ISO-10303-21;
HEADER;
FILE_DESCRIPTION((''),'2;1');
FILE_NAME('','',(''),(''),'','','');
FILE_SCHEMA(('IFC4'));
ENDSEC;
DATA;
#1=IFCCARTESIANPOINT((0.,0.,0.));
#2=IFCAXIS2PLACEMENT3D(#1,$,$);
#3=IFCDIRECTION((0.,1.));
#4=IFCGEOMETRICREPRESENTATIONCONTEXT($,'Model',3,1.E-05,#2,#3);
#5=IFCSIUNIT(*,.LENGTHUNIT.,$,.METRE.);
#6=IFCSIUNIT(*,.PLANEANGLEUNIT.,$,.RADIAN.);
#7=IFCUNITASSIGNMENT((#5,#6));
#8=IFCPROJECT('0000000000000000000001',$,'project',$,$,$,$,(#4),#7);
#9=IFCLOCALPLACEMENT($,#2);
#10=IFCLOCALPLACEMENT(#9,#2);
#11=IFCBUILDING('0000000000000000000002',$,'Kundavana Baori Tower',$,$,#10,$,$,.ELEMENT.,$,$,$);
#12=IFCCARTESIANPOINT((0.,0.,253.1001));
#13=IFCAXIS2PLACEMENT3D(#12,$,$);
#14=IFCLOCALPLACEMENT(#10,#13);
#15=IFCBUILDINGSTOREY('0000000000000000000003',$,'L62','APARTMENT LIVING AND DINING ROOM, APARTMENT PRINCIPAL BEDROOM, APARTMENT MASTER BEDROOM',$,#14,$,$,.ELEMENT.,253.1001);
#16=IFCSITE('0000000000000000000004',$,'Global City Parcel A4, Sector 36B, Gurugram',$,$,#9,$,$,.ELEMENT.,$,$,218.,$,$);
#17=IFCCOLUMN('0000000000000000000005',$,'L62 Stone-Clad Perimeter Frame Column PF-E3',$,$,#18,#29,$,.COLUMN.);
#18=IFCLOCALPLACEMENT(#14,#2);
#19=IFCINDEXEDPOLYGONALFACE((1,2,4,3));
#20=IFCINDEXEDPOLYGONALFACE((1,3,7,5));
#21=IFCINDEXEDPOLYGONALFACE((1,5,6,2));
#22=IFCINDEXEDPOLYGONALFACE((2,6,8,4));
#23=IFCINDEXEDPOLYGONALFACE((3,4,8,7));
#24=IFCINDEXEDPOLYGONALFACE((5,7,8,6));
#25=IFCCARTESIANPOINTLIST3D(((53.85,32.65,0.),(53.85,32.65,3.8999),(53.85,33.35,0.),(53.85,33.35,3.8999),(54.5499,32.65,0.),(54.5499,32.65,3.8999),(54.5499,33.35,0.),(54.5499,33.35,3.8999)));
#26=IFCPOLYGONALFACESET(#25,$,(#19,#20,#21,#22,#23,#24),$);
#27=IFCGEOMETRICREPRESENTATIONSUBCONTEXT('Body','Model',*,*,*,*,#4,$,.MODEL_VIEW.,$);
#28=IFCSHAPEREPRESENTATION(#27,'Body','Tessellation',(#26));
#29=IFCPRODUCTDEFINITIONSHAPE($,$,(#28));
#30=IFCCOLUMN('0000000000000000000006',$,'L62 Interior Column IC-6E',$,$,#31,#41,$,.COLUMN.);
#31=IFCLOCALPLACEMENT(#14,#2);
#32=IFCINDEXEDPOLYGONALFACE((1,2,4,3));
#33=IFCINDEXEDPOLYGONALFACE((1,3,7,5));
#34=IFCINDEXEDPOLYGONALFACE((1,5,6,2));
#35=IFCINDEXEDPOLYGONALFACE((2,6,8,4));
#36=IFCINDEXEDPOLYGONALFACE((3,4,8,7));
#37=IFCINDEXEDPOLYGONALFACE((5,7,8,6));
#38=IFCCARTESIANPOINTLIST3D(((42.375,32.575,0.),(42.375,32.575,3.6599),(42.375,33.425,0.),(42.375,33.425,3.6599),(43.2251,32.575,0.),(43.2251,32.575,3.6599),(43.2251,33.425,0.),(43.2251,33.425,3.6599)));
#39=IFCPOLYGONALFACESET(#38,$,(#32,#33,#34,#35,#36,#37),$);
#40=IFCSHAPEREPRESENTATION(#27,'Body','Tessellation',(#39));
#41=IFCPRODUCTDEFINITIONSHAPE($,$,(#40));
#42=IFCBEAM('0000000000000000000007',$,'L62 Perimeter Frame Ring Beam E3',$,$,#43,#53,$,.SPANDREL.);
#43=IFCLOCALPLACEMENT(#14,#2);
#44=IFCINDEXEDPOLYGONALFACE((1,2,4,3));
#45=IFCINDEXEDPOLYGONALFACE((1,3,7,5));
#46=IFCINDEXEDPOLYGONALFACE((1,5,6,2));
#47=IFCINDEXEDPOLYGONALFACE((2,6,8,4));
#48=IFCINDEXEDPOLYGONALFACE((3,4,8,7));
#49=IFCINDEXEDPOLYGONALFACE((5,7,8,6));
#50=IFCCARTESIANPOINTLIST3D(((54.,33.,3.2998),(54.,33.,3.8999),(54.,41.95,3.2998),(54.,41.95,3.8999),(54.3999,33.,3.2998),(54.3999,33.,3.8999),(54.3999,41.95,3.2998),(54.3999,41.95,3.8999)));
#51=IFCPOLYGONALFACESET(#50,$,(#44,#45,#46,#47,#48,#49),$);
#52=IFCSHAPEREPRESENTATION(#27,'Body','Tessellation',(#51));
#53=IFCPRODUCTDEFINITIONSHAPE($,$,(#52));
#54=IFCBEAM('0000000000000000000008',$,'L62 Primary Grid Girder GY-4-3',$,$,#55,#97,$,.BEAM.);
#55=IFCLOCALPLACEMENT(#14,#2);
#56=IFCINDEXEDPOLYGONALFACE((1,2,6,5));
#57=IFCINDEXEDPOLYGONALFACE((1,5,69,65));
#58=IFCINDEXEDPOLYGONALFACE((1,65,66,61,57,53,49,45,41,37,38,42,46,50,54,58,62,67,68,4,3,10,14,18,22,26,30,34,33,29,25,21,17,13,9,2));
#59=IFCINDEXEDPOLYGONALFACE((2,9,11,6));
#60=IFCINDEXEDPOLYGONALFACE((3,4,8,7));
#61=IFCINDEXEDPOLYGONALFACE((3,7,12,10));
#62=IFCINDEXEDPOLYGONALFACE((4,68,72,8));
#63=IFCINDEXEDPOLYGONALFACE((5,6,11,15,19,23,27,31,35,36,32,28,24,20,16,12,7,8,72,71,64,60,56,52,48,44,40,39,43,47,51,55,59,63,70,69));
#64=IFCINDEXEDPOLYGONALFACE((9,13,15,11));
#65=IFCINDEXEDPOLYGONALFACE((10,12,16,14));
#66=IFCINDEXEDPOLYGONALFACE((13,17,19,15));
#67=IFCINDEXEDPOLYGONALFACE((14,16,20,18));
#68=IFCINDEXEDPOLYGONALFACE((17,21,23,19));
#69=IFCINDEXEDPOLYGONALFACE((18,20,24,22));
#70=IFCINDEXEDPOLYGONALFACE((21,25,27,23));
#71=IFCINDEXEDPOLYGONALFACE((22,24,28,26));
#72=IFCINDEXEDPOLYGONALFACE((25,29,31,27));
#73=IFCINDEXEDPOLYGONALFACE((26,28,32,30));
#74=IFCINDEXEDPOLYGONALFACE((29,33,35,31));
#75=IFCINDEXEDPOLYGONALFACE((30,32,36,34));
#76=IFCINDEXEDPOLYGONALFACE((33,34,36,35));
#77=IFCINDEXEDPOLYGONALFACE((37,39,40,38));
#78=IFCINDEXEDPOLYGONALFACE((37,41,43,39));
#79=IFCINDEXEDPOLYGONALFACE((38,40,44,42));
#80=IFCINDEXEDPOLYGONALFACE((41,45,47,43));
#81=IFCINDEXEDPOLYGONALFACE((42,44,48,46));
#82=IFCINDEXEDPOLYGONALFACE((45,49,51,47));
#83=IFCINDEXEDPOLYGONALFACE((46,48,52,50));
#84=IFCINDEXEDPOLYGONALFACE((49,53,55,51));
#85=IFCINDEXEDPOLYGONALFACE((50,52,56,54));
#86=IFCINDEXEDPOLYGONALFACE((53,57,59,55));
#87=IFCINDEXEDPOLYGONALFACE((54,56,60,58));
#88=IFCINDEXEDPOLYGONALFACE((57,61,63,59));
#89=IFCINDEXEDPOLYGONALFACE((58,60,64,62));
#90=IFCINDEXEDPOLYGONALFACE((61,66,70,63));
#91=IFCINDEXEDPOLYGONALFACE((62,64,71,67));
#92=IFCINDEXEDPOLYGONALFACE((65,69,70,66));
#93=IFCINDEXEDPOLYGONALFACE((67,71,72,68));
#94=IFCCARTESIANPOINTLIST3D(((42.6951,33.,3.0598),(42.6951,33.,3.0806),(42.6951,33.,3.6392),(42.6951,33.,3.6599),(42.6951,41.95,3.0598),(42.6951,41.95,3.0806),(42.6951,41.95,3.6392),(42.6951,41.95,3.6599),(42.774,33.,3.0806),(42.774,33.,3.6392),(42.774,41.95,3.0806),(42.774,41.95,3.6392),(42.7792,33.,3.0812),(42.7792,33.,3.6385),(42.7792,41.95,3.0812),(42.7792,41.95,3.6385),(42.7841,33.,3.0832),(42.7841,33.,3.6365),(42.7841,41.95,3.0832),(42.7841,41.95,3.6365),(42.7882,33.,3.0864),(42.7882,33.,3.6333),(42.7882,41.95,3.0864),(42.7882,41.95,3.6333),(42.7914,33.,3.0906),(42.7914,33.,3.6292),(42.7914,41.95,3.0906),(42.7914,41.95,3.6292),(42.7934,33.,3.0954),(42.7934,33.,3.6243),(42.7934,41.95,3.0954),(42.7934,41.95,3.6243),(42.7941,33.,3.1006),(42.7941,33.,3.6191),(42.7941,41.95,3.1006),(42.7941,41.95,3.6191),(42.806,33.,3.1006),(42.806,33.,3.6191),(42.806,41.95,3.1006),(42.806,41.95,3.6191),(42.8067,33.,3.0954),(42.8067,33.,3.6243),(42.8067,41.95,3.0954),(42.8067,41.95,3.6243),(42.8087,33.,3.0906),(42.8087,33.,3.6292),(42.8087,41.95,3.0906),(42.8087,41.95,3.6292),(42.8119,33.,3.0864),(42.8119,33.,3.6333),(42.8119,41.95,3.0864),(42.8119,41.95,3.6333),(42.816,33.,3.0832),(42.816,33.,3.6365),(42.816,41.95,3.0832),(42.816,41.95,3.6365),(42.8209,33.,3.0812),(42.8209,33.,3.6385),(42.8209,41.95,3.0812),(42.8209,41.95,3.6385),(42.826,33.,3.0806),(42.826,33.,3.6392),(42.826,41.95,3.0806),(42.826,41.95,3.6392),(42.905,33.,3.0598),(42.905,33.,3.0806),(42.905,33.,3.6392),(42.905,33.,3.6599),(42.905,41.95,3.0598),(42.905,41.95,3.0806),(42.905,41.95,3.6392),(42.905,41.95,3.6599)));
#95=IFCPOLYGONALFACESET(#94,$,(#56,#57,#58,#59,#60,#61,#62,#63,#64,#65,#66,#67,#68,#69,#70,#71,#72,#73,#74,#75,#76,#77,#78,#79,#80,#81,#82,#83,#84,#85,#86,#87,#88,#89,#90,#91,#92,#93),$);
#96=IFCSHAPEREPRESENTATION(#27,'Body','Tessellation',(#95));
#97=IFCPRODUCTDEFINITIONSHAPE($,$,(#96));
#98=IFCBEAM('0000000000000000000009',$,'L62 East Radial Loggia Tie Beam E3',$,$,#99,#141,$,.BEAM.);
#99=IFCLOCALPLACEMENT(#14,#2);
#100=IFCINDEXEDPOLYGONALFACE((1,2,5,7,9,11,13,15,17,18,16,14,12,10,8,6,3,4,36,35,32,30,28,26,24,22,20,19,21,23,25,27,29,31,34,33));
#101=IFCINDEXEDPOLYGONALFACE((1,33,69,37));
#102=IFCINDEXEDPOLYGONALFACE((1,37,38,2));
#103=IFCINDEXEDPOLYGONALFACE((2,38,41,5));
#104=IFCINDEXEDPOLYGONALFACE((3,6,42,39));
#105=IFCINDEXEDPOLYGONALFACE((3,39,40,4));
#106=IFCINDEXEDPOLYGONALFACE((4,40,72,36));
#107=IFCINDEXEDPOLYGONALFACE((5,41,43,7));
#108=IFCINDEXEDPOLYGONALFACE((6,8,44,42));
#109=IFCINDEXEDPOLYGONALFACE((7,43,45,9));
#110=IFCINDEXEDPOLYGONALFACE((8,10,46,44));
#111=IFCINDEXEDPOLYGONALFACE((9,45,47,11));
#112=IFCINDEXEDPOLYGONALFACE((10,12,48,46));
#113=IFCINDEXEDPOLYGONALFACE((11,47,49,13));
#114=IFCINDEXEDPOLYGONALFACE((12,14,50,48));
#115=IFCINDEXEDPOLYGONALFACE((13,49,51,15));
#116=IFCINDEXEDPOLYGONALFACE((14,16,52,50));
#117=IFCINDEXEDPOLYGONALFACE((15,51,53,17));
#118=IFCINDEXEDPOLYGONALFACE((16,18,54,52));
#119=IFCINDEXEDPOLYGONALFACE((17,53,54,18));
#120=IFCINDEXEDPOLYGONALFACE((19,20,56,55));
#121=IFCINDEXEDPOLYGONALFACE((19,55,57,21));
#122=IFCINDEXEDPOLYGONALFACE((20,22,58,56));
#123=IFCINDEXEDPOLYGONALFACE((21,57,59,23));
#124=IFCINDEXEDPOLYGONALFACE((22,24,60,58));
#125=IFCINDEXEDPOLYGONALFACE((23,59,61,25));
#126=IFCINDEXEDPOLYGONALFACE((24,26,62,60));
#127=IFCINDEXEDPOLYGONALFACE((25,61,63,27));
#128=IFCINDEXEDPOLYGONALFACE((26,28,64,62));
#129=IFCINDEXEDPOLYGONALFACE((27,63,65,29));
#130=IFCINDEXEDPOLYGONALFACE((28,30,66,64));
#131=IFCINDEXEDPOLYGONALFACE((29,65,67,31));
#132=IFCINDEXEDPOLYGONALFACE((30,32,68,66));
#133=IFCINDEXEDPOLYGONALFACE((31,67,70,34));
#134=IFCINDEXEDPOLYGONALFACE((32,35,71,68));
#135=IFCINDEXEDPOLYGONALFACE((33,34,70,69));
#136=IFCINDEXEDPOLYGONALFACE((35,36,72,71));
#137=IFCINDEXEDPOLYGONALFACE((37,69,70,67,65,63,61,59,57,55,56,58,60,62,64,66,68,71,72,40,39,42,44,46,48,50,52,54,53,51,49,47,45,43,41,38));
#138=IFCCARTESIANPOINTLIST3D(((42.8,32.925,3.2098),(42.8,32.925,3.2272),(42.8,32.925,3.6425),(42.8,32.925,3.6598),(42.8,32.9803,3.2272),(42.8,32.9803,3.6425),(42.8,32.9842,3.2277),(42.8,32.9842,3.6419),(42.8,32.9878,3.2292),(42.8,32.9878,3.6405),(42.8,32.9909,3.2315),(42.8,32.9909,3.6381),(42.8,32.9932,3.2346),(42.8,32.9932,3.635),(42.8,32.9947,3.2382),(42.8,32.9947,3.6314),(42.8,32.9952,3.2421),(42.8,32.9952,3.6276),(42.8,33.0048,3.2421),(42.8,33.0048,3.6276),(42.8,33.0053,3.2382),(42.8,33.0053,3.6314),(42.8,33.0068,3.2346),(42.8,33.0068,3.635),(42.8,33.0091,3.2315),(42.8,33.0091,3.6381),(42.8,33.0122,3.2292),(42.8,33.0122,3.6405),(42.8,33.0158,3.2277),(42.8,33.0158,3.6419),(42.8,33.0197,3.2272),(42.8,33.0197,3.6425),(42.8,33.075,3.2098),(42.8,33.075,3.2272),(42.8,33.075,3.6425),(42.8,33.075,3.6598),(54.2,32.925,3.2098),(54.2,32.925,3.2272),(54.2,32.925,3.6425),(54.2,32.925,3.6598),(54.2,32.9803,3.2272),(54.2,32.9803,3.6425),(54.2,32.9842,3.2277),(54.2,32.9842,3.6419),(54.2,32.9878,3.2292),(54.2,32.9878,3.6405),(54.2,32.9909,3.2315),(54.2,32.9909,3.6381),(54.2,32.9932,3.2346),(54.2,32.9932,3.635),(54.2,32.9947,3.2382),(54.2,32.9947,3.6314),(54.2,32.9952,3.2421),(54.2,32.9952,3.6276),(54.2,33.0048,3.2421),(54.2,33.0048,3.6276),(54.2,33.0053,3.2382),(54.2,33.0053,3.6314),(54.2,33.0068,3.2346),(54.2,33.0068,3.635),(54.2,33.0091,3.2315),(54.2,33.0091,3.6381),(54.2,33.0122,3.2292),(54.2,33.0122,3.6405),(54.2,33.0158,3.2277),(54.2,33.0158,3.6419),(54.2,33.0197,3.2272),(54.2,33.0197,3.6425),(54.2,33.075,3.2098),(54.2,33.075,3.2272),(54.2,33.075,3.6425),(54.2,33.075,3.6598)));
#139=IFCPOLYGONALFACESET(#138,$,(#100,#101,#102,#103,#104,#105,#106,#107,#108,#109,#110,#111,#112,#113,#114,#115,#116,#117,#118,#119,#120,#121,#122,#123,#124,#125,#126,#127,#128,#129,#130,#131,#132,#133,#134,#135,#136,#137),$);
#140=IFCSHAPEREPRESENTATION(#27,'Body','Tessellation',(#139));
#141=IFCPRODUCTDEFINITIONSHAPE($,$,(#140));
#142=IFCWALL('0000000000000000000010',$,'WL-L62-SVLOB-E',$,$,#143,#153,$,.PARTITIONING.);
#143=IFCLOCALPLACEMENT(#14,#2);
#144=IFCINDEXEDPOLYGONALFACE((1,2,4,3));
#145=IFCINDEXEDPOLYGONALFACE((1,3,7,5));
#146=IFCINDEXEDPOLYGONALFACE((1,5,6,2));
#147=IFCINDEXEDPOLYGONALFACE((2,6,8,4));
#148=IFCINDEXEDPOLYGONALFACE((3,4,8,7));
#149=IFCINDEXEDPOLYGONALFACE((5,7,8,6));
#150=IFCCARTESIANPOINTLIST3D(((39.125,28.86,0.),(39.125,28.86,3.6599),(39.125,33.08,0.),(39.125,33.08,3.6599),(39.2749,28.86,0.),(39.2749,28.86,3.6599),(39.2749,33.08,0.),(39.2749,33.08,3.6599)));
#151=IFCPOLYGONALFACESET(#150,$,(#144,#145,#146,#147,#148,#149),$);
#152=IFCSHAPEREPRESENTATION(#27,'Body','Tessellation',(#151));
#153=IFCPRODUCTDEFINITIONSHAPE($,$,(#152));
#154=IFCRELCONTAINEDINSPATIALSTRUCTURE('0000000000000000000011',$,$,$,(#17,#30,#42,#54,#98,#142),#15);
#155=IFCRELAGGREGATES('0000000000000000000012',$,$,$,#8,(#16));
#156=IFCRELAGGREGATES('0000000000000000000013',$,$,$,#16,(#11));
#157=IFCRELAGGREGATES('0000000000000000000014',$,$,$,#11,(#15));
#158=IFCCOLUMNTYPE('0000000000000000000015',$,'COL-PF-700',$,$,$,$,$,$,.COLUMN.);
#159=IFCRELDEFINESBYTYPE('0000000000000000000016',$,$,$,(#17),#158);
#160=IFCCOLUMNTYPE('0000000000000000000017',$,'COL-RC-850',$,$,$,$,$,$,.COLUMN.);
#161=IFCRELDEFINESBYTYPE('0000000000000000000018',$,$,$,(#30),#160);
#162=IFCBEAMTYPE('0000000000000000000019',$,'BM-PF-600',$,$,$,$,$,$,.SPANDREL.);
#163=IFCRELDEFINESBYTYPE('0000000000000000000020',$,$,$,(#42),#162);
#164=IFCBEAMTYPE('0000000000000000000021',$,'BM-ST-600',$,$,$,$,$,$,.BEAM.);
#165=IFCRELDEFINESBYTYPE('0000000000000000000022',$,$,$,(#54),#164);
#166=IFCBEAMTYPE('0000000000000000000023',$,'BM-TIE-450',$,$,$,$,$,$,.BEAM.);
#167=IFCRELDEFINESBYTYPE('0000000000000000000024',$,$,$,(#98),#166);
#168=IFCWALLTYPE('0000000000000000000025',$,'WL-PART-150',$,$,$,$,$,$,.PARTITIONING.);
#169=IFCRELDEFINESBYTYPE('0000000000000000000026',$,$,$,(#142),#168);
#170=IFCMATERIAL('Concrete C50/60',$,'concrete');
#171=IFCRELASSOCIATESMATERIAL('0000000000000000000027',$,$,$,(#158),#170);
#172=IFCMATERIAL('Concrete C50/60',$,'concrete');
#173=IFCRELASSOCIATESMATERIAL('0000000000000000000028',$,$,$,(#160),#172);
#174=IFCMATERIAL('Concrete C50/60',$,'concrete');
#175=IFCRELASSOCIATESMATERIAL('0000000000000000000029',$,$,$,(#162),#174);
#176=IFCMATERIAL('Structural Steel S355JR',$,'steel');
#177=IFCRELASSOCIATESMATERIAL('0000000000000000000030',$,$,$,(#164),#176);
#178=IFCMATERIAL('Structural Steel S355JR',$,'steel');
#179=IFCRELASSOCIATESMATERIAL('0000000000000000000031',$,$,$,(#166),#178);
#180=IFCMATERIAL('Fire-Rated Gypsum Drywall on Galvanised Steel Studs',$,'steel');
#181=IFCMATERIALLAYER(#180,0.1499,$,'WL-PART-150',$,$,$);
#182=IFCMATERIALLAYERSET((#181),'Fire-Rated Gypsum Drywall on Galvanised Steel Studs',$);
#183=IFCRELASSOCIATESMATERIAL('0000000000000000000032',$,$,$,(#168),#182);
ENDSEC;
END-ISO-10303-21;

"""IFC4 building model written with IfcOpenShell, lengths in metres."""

from ifc_helpers import new_model, si_unit, direction, frame, frame_2d, origin, origin_2d, place, context, subcontext, project, spatial, rectangle, i_section, extrude, material, layer, layer_set, material_profile, profile_set, type_object, element, save


model = new_model("IFC4")

# Units and contexts
model_context = context("Model", 3, precision=1e-05, world=origin(), true_north=direction((0.0, 1.0)))
body_context = subcontext(model_context, "Body", "Model", "MODEL_VIEW")
ifc_project = project(units=[si_unit("LENGTHUNIT", "METRE"), si_unit("PLANEANGLEUNIT", "RADIAN")], contexts=[model_context])

# Site, building, storey
site_placement = place(None, origin())
site = spatial("IfcSite", under=ifc_project, at=site_placement, Name="Global City Parcel A4, Sector 36B, Gurugram", CompositionType="ELEMENT", RefElevation=218.0)
building_placement = place(site_placement, origin())
building = spatial("IfcBuilding", under=site, at=building_placement, Name="Kundavana Baori Tower", CompositionType="ELEMENT")
storey_placement = place(building_placement, frame((0.0, 0.0, 253.1001)))
storey = spatial("IfcBuildingStorey", under=building, at=storey_placement, Name="L62", Description="APARTMENT LIVING AND DINING ROOM, APARTMENT PRINCIPAL BEDROOM, APARTMENT MASTER BEDROOM", CompositionType="ELEMENT", Elevation=253.1001)

# Columns
ifc_material_1 = material(Name="Concrete C50/60", Category="concrete")
ifc_material_profile_1 = material_profile(ifc_material_1, rectangle(XDim=0.7, YDim=0.7, at=origin_2d()), Name="RC PF 700x700")
ifc_profile_set_1 = profile_set([ifc_material_profile_1], Name="Concrete C50/60")
column_type_1 = type_object("IfcColumnType", Name="COL-PF-700", PredefinedType="COLUMN", material=ifc_profile_set_1)
column_1_placement = place(storey_placement, frame((54.2, 33.0, 0.0), z_axis=(0.0, 0.0, 1.0), x_axis=(1.0, 0.0, 0.0)))
element("IfcColumn", 1, at=column_1_placement, inside=storey, type_object=column_type_1, Name="L62 Stone-Clad Perimeter Frame Column PF-E3", PredefinedType="COLUMN", context=body_context, shape_type="SweptSolid", body=[
    extrude(rectangle(XDim=0.7, YDim=0.7, at=origin_2d()), origin(), (0.0, 0.0, 1.0), 3.8999),
])
ifc_material_2 = material(Name="Concrete C50/60", Category="concrete")
ifc_material_profile_2 = material_profile(ifc_material_2, rectangle(XDim=0.8501, YDim=0.8501, at=origin_2d()), Name="RC 850x850")
ifc_profile_set_2 = profile_set([ifc_material_profile_2], Name="Concrete C50/60")
column_type_2 = type_object("IfcColumnType", Name="COL-RC-850", PredefinedType="COLUMN", material=ifc_profile_set_2)
column_2_placement = place(storey_placement, frame((42.8, 33.0, 0.0), z_axis=(0.0, 0.0, 1.0), x_axis=(1.0, 0.0, 0.0)))
element("IfcColumn", 2, at=column_2_placement, inside=storey, type_object=column_type_2, Name="L62 Interior Column IC-6E", PredefinedType="COLUMN", context=body_context, shape_type="SweptSolid", body=[
    extrude(rectangle(XDim=0.8501, YDim=0.8501, at=origin_2d()), origin(), (0.0, 0.0, 1.0), 3.6599),
])

# Beams
ifc_material_3 = material(Name="Concrete C50/60", Category="concrete")
ifc_material_profile_3 = material_profile(ifc_material_3, rectangle(XDim=0.3999, YDim=0.6001, at=origin_2d()), Name="RC BM 400x600")
ifc_profile_set_3 = profile_set([ifc_material_profile_3], Name="Concrete C50/60")
beam_type_1 = type_object("IfcBeamType", Name="BM-PF-600", PredefinedType="SPANDREL", material=ifc_profile_set_3)
beam_1_placement = place(storey_placement, frame((54.2, 33.0, 3.5999), z_axis=(0.0, 1.0, 0.0), x_axis=(-1.0, 0.0, 0.0)))
element("IfcBeam", 3, at=beam_1_placement, inside=storey, type_object=beam_type_1, Name="L62 Perimeter Frame Ring Beam E3", PredefinedType="SPANDREL", context=body_context, shape_type="SweptSolid", body=[
    extrude(rectangle(XDim=0.3999, YDim=0.6001, at=origin_2d()), origin(), (0.0, 0.0, 1.0), 8.95),
])
ifc_material_4 = material(Name="Structural Steel S355JR", Category="steel")
ifc_material_profile_4 = material_profile(ifc_material_4, i_section(OverallWidth=0.21, OverallDepth=0.6001, WebThickness=0.012, FlangeThickness=0.0208, FilletRadius=0.02, at=origin_2d()), Name="ISMB 600")
ifc_profile_set_4 = profile_set([ifc_material_profile_4], Name="Structural Steel S355JR")
beam_type_2 = type_object("IfcBeamType", Name="BM-ST-600", PredefinedType="BEAM", material=ifc_profile_set_4)
beam_2_placement = place(storey_placement, frame((42.8, 33.0, 3.3599), z_axis=(0.0, 1.0, 0.0), x_axis=(-1.0, 0.0, 0.0)))
element("IfcBeam", 4, at=beam_2_placement, inside=storey, type_object=beam_type_2, Name="L62 Primary Grid Girder GY-4-3", PredefinedType="BEAM", context=body_context, shape_type="SweptSolid", body=[
    extrude(i_section(OverallWidth=0.21, OverallDepth=0.6001, WebThickness=0.012, FlangeThickness=0.0208, FilletRadius=0.02, at=origin_2d()), origin(), (0.0, 0.0, 1.0), 8.95),
])
ifc_material_5 = material(Name="Structural Steel S355JR", Category="steel")
ifc_material_profile_5 = material_profile(ifc_material_5, i_section(OverallWidth=0.1499, OverallDepth=0.45, WebThickness=0.0095, FlangeThickness=0.0173, FilletRadius=0.0149, at=origin_2d()), Name="ISMB 450")
ifc_profile_set_5 = profile_set([ifc_material_profile_5], Name="Structural Steel S355JR")
beam_type_3 = type_object("IfcBeamType", Name="BM-TIE-450", PredefinedType="BEAM", material=ifc_profile_set_5)
beam_3_placement = place(storey_placement, frame((42.8, 33.0, 3.4348), z_axis=(1.0, 0.0, 0.0), x_axis=(0.0, 1.0, 0.0)))
element("IfcBeam", 5, at=beam_3_placement, inside=storey, type_object=beam_type_3, Name="L62 East Radial Loggia Tie Beam E3", PredefinedType="BEAM", context=body_context, shape_type="SweptSolid", body=[
    extrude(i_section(OverallWidth=0.1499, OverallDepth=0.45, WebThickness=0.0095, FlangeThickness=0.0173, FilletRadius=0.0149, at=origin_2d()), origin(), (0.0, 0.0, 1.0), 11.3999),
])

# Wall
ifc_material_6 = material(Name="Fire-Rated Gypsum Drywall on Galvanised Steel Studs", Category="steel")
ifc_layer_1 = layer(ifc_material_6, 0.1499, Name="WL-PART-150")
ifc_layer_set_1 = layer_set([ifc_layer_1], Name="Fire-Rated Gypsum Drywall on Galvanised Steel Studs")
wall_type_1 = type_object("IfcWallType", Name="WL-PART-150", PredefinedType="PARTITIONING", material=ifc_layer_set_1)
wall_1_placement = place(storey_placement, frame((39.2, 28.8601, 0.0), z_axis=(0.0, 0.0, 1.0), x_axis=(0.0, 1.0, 0.0)))
element("IfcWall", 6, at=wall_1_placement, inside=storey, type_object=wall_type_1, Name="WL-L62-SVLOB-E", PredefinedType="PARTITIONING", context=body_context, shape_type="SweptSolid", body=[
    extrude(rectangle(XDim=4.22, YDim=0.1499, at=frame_2d((2.1099, 0.0))), origin(), (0.0, 0.0, 1.0), 3.6599),
])

save(model, "model.ifc")
